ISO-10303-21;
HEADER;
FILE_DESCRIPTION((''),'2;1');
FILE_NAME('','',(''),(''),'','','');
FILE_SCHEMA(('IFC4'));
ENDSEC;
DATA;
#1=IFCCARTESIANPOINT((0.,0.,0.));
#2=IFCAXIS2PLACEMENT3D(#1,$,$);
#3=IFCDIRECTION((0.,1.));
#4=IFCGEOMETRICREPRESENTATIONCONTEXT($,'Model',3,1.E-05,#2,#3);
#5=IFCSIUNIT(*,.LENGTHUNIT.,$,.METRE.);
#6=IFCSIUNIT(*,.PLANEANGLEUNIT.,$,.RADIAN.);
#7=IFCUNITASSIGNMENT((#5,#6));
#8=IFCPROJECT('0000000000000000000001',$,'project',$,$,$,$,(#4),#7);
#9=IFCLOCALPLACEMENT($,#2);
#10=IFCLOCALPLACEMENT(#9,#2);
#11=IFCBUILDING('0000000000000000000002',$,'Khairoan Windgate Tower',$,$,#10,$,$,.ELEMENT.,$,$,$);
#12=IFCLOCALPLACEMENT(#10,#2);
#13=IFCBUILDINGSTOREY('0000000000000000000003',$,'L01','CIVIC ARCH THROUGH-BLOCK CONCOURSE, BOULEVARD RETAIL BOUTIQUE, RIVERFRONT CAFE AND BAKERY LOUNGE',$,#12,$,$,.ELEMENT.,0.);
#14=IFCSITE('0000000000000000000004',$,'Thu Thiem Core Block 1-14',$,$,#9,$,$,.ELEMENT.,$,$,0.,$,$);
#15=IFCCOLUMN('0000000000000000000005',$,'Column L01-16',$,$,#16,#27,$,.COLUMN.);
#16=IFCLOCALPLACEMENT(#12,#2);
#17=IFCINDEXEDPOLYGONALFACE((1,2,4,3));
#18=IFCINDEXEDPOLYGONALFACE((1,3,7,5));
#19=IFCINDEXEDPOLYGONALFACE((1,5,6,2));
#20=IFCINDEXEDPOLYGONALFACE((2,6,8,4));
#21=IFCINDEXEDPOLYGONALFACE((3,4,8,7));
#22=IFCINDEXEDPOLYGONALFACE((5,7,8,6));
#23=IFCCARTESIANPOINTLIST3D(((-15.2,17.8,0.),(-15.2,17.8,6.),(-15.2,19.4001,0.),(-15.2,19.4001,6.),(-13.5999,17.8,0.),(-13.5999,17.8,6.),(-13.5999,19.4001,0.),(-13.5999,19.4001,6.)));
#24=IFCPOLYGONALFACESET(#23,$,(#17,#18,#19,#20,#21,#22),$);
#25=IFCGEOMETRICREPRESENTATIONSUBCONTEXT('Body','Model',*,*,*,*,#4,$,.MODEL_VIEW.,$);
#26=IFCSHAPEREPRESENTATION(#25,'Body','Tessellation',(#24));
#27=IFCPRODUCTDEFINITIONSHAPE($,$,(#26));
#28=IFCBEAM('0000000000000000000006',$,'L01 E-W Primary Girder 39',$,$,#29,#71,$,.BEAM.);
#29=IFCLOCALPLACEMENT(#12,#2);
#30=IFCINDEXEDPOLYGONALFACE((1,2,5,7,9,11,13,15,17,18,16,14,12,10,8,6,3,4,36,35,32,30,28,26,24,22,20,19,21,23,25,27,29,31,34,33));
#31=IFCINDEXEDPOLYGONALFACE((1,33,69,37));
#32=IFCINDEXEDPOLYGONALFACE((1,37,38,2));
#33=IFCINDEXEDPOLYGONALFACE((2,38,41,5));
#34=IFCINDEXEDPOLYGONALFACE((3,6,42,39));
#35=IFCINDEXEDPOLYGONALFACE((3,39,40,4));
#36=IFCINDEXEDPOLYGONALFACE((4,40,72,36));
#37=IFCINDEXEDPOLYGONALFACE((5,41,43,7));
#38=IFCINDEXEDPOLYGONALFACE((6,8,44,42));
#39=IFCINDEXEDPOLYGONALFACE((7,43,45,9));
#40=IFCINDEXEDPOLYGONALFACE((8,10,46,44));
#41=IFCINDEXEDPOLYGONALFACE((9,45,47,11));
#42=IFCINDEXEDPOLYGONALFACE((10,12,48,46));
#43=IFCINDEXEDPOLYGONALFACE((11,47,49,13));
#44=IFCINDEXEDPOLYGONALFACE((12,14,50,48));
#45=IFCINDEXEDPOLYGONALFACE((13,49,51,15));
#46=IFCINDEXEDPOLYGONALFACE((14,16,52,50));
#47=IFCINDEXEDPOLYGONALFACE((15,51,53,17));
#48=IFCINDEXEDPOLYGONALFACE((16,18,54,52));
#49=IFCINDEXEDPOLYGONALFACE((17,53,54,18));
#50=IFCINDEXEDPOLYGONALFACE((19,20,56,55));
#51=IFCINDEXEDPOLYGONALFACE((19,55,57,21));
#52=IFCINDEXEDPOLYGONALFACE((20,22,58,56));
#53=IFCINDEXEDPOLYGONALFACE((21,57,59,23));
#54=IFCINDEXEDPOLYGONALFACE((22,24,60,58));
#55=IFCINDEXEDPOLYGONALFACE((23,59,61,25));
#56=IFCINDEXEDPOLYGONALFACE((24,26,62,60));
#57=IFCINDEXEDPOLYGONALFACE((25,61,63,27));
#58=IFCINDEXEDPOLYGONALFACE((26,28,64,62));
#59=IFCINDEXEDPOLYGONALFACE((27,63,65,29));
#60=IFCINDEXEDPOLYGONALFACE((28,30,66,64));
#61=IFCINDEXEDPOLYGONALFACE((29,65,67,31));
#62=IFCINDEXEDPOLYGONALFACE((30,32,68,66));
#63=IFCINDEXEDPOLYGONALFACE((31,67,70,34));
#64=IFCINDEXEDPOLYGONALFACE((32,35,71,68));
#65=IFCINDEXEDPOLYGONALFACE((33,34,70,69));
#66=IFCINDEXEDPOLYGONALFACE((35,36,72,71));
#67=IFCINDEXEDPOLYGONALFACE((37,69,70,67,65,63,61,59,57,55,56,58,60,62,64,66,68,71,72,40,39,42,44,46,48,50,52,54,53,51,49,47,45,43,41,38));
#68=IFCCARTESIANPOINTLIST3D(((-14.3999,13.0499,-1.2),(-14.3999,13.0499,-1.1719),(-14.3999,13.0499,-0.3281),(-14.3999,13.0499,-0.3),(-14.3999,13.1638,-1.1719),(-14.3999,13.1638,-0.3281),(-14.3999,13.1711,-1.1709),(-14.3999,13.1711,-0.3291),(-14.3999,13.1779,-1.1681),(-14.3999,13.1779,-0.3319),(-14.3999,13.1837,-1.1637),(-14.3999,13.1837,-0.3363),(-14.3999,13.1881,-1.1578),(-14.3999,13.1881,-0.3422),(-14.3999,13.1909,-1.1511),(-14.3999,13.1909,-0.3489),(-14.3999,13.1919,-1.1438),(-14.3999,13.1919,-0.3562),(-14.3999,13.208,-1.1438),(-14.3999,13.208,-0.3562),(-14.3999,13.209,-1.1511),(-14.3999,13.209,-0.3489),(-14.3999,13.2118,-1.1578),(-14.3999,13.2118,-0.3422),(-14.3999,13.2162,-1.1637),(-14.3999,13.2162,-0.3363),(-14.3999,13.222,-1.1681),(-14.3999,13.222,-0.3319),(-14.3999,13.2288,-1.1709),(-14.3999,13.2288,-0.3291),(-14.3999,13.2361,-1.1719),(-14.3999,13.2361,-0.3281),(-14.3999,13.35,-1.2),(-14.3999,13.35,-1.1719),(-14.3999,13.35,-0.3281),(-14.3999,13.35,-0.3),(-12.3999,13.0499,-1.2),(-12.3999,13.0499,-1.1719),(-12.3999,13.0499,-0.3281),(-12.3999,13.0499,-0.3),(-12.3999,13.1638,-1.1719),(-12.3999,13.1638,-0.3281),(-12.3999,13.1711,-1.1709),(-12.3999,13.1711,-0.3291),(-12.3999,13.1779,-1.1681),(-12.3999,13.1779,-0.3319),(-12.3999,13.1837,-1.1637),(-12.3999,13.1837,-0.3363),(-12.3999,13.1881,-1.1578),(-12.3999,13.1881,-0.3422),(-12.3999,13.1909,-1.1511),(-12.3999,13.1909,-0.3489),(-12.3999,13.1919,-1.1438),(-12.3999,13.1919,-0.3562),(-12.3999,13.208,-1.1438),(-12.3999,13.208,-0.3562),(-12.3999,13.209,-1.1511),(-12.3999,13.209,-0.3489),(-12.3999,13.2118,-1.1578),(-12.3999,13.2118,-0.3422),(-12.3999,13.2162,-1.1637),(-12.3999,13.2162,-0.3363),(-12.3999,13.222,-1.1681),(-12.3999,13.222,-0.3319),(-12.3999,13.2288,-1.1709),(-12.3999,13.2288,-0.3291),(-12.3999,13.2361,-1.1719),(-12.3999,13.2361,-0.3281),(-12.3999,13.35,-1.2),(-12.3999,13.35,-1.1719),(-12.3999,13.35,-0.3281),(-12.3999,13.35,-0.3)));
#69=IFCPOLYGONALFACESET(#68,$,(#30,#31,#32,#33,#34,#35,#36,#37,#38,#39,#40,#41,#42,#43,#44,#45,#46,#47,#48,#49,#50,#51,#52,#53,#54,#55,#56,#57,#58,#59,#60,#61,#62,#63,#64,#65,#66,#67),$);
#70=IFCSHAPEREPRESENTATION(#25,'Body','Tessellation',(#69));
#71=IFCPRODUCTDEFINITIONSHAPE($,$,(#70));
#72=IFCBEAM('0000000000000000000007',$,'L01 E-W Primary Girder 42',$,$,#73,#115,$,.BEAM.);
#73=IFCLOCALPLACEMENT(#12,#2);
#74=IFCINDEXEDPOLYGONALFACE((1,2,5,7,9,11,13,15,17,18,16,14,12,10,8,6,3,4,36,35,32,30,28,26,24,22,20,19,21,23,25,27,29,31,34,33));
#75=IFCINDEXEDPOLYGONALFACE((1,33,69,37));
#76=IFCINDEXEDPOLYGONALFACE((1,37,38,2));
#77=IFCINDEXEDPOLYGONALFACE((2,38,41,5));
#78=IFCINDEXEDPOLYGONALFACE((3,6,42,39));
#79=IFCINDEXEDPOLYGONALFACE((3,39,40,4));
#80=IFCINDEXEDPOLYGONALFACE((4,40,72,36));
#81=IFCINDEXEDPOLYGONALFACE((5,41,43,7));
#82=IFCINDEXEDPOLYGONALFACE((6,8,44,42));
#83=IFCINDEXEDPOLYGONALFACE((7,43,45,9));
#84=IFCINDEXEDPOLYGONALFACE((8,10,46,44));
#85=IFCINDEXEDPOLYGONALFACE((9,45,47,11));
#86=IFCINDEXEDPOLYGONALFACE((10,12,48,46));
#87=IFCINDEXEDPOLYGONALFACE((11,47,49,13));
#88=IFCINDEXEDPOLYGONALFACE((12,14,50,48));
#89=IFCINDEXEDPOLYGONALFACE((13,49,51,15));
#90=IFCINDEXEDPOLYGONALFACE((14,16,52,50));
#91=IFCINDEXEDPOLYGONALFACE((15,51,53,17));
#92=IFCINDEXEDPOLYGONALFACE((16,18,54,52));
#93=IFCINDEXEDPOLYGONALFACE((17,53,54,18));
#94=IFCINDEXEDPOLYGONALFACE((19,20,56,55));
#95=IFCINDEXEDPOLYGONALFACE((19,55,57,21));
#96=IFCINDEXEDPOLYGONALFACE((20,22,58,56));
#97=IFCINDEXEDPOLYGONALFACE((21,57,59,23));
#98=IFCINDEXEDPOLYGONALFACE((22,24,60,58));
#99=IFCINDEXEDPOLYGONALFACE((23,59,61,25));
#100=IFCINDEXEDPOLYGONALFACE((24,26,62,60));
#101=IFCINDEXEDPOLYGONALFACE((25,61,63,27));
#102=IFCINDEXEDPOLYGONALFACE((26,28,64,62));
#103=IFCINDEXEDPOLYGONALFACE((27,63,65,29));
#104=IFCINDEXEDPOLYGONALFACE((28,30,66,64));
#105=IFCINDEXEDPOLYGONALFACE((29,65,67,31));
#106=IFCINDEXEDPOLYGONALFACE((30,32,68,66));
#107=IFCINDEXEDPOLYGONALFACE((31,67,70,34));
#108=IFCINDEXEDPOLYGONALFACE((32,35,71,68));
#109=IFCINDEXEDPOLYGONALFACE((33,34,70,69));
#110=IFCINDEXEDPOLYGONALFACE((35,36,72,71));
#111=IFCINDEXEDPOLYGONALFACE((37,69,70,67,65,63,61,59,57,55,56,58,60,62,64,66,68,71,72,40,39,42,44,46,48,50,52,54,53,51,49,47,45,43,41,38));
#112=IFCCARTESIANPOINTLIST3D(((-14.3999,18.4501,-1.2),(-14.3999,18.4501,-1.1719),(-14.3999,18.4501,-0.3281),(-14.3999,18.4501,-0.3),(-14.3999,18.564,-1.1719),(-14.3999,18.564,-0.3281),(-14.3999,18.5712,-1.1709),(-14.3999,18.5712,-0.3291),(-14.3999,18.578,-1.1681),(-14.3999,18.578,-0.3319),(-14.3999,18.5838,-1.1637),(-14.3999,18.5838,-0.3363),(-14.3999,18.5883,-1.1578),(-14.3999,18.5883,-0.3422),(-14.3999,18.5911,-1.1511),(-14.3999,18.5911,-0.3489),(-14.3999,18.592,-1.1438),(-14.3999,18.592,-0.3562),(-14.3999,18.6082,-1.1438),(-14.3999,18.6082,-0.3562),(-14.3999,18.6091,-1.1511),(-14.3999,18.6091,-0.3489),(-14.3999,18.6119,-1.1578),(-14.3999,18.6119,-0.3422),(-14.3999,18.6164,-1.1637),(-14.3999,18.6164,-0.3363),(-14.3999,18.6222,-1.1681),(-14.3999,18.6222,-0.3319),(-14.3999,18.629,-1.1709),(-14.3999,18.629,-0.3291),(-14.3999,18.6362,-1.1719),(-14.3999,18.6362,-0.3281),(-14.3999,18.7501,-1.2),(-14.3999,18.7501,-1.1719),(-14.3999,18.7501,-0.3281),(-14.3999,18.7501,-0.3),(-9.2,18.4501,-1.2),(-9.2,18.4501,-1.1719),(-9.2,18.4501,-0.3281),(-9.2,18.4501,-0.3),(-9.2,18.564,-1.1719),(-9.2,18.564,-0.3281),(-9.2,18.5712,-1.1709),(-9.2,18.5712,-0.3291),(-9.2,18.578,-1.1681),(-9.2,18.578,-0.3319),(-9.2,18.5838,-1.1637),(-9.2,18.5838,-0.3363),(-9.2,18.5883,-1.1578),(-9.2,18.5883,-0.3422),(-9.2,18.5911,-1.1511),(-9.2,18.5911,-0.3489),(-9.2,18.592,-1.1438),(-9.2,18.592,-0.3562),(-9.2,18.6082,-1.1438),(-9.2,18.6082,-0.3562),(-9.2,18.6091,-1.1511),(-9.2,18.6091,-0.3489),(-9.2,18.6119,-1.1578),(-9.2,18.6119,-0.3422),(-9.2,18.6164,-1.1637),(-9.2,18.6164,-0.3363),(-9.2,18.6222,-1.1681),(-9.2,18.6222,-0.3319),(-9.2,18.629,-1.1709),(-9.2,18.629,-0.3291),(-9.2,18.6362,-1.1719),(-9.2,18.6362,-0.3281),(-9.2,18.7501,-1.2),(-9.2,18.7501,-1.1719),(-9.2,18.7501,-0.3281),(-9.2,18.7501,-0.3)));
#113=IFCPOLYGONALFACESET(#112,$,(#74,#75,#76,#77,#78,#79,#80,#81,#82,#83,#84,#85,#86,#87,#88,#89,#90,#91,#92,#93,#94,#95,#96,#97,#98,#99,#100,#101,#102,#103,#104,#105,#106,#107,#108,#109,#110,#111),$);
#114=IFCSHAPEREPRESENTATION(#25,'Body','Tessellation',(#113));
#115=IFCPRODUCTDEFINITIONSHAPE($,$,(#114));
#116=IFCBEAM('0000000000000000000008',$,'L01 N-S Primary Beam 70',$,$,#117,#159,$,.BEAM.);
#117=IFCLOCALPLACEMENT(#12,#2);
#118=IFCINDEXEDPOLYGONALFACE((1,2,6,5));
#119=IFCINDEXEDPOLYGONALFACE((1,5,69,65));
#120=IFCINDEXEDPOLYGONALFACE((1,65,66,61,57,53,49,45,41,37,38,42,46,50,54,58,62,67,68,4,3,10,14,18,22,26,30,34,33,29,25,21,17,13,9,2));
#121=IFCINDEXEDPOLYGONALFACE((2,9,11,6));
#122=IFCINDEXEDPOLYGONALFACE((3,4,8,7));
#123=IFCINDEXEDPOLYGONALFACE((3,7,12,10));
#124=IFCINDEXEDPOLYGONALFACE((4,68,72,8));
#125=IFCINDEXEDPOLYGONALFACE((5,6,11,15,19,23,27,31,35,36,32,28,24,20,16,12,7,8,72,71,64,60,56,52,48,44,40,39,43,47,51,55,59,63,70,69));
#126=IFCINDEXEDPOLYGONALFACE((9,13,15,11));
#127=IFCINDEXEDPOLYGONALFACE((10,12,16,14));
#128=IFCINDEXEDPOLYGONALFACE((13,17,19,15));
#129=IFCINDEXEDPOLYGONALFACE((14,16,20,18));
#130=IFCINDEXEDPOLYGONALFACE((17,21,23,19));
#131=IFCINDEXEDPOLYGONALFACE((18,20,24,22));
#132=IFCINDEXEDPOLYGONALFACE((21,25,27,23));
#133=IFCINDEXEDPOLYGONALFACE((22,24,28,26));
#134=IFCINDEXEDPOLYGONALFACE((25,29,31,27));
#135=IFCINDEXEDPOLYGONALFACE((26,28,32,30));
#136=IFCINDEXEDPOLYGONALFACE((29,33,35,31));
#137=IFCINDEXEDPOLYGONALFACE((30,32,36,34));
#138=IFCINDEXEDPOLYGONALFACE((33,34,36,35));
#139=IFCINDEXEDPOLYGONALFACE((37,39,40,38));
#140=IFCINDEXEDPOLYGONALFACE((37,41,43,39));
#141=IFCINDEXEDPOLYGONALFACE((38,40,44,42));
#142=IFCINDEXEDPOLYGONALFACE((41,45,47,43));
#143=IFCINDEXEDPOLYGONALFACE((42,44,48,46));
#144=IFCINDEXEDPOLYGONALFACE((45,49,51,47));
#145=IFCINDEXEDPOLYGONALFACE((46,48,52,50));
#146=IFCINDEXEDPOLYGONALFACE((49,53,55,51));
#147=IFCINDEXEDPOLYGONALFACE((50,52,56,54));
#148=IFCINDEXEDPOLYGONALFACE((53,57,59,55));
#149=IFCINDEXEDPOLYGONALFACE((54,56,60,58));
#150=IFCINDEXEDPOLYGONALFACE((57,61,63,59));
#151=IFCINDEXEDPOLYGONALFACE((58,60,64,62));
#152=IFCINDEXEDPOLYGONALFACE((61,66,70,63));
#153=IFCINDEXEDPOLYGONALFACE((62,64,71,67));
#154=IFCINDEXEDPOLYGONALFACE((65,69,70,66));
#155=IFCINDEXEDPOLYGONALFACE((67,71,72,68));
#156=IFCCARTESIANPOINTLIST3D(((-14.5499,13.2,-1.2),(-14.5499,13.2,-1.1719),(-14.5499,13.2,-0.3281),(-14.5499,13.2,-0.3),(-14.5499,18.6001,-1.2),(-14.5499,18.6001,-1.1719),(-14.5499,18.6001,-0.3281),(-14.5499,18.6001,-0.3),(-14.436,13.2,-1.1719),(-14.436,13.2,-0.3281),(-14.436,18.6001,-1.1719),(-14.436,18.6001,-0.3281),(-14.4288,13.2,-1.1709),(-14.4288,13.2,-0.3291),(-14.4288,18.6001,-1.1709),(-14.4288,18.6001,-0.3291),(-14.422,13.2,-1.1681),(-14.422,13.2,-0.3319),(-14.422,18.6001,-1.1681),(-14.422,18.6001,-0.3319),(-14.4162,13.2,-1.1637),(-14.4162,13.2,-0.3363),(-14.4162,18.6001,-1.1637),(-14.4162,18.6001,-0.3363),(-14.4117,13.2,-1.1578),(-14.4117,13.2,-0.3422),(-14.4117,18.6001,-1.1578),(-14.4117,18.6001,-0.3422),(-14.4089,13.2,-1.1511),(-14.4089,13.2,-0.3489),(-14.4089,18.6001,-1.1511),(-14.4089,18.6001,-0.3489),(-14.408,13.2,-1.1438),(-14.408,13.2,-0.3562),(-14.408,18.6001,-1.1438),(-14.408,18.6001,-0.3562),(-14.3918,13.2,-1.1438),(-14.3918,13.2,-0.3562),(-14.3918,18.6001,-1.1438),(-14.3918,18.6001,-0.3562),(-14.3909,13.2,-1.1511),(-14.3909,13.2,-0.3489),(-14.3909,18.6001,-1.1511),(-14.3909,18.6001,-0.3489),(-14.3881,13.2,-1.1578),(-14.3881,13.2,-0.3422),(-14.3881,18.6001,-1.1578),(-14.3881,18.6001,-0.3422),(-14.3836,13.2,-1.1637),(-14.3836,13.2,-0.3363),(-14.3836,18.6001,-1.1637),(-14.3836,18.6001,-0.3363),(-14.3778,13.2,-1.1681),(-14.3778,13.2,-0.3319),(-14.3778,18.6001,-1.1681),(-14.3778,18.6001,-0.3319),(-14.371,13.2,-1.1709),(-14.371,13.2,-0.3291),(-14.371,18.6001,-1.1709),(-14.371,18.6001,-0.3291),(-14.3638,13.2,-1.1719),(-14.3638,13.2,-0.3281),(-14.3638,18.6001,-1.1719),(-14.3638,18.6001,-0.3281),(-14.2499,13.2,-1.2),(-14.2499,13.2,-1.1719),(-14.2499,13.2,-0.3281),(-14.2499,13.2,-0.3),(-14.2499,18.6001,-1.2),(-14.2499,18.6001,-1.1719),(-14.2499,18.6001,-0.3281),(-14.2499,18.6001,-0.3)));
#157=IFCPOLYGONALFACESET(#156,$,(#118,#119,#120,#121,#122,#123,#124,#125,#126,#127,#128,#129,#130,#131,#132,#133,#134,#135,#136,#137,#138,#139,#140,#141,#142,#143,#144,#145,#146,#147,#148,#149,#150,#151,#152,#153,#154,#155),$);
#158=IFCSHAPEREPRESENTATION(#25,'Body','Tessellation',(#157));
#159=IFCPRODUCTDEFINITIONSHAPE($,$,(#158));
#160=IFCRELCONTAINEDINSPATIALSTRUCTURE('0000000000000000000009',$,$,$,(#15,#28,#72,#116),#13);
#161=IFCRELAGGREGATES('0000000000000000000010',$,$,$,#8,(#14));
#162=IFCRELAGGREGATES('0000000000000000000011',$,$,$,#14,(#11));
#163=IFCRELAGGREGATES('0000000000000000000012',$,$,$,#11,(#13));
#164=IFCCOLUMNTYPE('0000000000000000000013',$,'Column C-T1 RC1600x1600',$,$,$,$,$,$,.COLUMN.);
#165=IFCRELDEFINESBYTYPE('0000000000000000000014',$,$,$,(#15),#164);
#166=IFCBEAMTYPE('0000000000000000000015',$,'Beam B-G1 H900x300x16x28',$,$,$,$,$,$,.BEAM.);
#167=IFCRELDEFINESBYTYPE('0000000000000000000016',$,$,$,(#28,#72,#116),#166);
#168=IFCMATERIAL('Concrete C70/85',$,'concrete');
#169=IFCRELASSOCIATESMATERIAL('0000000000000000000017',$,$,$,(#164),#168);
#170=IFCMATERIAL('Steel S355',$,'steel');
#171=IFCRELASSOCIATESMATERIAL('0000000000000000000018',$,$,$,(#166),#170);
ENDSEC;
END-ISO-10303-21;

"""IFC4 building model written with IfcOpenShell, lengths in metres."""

from ifc_helpers import new_model, si_unit, direction, frame, origin, origin_2d, place, context, subcontext, project, spatial, rectangle, i_section, extrude, material, material_profile, profile_set, type_object, element, save


model = new_model("IFC4")

# Units and contexts
model_context = context("Model", 3, precision=1e-05, world=origin(), true_north=direction((0.0, 1.0)))
body_context = subcontext(model_context, "Body", "Model", "MODEL_VIEW")
ifc_project = project(units=[si_unit("LENGTHUNIT", "METRE"), si_unit("PLANEANGLEUNIT", "RADIAN")], contexts=[model_context])

# Site, building, storey
site_placement = place(None, origin())
site = spatial("IfcSite", under=ifc_project, at=site_placement, Name="Thu Thiem Core Block 1-14", CompositionType="ELEMENT", RefElevation=0.0)
building_placement = place(site_placement, origin())
building = spatial("IfcBuilding", under=site, at=building_placement, Name="Khairoan Windgate Tower", CompositionType="ELEMENT")
storey_placement = place(building_placement, origin())
storey = spatial("IfcBuildingStorey", under=building, at=storey_placement, Name="L01", Description="CIVIC ARCH THROUGH-BLOCK CONCOURSE, BOULEVARD RETAIL BOUTIQUE, RIVERFRONT CAFE AND BAKERY LOUNGE", CompositionType="ELEMENT", Elevation=0.0)

# Column
ifc_material_1 = material(Name="Concrete C70/85", Category="concrete")
ifc_material_profile_1 = material_profile(ifc_material_1, rectangle(XDim=1.6001, YDim=1.6001, at=origin_2d()))
ifc_profile_set_1 = profile_set([ifc_material_profile_1], Name="Concrete C70/85")
column_type = type_object("IfcColumnType", Name="Column C-T1 RC1600x1600", PredefinedType="COLUMN", material=ifc_profile_set_1)
column_placement = place(storey_placement, frame((-14.3999, 18.6001, 0.0), z_axis=(0.0, 0.0, 1.0), x_axis=(1.0, 0.0, 0.0)))
element("IfcColumn", 1, at=column_placement, inside=storey, type_object=column_type, Name="Column L01-16", PredefinedType="COLUMN", context=body_context, shape_type="SweptSolid", body=[
    extrude(rectangle(XDim=1.6001, YDim=1.6001, at=origin_2d()), origin(), (0.0, 0.0, 1.0), 6.0),
])

# Beams
ifc_material_2 = material(Name="Steel S355", Category="steel")
ifc_material_profile_2 = material_profile(ifc_material_2, i_section(OverallWidth=0.3, OverallDepth=0.8999, WebThickness=0.0161, FlangeThickness=0.0281, FilletRadius=0.0281, at=origin_2d()))
ifc_profile_set_2 = profile_set([ifc_material_profile_2], Name="Steel S355")
beam_type_1 = type_object("IfcBeamType", Name="Beam B-G1 H900x300x16x28", PredefinedType="BEAM", material=ifc_profile_set_2)
beam_1_placement = place(storey_placement, frame((-14.3999, 13.2, -0.75), z_axis=(1.0, 0.0, 0.0), x_axis=(0.0, 1.0, 0.0)))
element("IfcBeam", 2, at=beam_1_placement, inside=storey, type_object=beam_type_1, Name="L01 E-W Primary Girder 39", PredefinedType="BEAM", context=body_context, shape_type="SweptSolid", body=[
    extrude(i_section(OverallWidth=0.3, OverallDepth=0.8999, WebThickness=0.0161, FlangeThickness=0.0281, FilletRadius=0.0281, at=origin_2d()), origin(), (0.0, 0.0, 1.0), 2.0),
])
beam_2_placement = place(storey_placement, frame((-14.3999, 18.6001, -0.75), z_axis=(1.0, 0.0, 0.0), x_axis=(0.0, 1.0, 0.0)))
element("IfcBeam", 3, at=beam_2_placement, inside=storey, type_object=beam_type_1, Name="L01 E-W Primary Girder 42", PredefinedType="BEAM", context=body_context, shape_type="SweptSolid", body=[
    extrude(i_section(OverallWidth=0.3, OverallDepth=0.8999, WebThickness=0.0161, FlangeThickness=0.0281, FilletRadius=0.0281, at=origin_2d()), origin(), (0.0, 0.0, 1.0), 5.2),
])
beam_3_placement = place(storey_placement, frame((-14.3999, 13.2, -0.75), z_axis=(0.0, 1.0, 0.0), x_axis=(-1.0, 0.0, 0.0)))
element("IfcBeam", 4, at=beam_3_placement, inside=storey, type_object=beam_type_1, Name="L01 N-S Primary Beam 70", PredefinedType="BEAM", context=body_context, shape_type="SweptSolid", body=[
    extrude(i_section(OverallWidth=0.3, OverallDepth=0.8999, WebThickness=0.0161, FlangeThickness=0.0281, FilletRadius=0.0281, at=origin_2d()), origin(), (0.0, 0.0, 1.0), 5.4001),
])

save(model, "model.ifc")
